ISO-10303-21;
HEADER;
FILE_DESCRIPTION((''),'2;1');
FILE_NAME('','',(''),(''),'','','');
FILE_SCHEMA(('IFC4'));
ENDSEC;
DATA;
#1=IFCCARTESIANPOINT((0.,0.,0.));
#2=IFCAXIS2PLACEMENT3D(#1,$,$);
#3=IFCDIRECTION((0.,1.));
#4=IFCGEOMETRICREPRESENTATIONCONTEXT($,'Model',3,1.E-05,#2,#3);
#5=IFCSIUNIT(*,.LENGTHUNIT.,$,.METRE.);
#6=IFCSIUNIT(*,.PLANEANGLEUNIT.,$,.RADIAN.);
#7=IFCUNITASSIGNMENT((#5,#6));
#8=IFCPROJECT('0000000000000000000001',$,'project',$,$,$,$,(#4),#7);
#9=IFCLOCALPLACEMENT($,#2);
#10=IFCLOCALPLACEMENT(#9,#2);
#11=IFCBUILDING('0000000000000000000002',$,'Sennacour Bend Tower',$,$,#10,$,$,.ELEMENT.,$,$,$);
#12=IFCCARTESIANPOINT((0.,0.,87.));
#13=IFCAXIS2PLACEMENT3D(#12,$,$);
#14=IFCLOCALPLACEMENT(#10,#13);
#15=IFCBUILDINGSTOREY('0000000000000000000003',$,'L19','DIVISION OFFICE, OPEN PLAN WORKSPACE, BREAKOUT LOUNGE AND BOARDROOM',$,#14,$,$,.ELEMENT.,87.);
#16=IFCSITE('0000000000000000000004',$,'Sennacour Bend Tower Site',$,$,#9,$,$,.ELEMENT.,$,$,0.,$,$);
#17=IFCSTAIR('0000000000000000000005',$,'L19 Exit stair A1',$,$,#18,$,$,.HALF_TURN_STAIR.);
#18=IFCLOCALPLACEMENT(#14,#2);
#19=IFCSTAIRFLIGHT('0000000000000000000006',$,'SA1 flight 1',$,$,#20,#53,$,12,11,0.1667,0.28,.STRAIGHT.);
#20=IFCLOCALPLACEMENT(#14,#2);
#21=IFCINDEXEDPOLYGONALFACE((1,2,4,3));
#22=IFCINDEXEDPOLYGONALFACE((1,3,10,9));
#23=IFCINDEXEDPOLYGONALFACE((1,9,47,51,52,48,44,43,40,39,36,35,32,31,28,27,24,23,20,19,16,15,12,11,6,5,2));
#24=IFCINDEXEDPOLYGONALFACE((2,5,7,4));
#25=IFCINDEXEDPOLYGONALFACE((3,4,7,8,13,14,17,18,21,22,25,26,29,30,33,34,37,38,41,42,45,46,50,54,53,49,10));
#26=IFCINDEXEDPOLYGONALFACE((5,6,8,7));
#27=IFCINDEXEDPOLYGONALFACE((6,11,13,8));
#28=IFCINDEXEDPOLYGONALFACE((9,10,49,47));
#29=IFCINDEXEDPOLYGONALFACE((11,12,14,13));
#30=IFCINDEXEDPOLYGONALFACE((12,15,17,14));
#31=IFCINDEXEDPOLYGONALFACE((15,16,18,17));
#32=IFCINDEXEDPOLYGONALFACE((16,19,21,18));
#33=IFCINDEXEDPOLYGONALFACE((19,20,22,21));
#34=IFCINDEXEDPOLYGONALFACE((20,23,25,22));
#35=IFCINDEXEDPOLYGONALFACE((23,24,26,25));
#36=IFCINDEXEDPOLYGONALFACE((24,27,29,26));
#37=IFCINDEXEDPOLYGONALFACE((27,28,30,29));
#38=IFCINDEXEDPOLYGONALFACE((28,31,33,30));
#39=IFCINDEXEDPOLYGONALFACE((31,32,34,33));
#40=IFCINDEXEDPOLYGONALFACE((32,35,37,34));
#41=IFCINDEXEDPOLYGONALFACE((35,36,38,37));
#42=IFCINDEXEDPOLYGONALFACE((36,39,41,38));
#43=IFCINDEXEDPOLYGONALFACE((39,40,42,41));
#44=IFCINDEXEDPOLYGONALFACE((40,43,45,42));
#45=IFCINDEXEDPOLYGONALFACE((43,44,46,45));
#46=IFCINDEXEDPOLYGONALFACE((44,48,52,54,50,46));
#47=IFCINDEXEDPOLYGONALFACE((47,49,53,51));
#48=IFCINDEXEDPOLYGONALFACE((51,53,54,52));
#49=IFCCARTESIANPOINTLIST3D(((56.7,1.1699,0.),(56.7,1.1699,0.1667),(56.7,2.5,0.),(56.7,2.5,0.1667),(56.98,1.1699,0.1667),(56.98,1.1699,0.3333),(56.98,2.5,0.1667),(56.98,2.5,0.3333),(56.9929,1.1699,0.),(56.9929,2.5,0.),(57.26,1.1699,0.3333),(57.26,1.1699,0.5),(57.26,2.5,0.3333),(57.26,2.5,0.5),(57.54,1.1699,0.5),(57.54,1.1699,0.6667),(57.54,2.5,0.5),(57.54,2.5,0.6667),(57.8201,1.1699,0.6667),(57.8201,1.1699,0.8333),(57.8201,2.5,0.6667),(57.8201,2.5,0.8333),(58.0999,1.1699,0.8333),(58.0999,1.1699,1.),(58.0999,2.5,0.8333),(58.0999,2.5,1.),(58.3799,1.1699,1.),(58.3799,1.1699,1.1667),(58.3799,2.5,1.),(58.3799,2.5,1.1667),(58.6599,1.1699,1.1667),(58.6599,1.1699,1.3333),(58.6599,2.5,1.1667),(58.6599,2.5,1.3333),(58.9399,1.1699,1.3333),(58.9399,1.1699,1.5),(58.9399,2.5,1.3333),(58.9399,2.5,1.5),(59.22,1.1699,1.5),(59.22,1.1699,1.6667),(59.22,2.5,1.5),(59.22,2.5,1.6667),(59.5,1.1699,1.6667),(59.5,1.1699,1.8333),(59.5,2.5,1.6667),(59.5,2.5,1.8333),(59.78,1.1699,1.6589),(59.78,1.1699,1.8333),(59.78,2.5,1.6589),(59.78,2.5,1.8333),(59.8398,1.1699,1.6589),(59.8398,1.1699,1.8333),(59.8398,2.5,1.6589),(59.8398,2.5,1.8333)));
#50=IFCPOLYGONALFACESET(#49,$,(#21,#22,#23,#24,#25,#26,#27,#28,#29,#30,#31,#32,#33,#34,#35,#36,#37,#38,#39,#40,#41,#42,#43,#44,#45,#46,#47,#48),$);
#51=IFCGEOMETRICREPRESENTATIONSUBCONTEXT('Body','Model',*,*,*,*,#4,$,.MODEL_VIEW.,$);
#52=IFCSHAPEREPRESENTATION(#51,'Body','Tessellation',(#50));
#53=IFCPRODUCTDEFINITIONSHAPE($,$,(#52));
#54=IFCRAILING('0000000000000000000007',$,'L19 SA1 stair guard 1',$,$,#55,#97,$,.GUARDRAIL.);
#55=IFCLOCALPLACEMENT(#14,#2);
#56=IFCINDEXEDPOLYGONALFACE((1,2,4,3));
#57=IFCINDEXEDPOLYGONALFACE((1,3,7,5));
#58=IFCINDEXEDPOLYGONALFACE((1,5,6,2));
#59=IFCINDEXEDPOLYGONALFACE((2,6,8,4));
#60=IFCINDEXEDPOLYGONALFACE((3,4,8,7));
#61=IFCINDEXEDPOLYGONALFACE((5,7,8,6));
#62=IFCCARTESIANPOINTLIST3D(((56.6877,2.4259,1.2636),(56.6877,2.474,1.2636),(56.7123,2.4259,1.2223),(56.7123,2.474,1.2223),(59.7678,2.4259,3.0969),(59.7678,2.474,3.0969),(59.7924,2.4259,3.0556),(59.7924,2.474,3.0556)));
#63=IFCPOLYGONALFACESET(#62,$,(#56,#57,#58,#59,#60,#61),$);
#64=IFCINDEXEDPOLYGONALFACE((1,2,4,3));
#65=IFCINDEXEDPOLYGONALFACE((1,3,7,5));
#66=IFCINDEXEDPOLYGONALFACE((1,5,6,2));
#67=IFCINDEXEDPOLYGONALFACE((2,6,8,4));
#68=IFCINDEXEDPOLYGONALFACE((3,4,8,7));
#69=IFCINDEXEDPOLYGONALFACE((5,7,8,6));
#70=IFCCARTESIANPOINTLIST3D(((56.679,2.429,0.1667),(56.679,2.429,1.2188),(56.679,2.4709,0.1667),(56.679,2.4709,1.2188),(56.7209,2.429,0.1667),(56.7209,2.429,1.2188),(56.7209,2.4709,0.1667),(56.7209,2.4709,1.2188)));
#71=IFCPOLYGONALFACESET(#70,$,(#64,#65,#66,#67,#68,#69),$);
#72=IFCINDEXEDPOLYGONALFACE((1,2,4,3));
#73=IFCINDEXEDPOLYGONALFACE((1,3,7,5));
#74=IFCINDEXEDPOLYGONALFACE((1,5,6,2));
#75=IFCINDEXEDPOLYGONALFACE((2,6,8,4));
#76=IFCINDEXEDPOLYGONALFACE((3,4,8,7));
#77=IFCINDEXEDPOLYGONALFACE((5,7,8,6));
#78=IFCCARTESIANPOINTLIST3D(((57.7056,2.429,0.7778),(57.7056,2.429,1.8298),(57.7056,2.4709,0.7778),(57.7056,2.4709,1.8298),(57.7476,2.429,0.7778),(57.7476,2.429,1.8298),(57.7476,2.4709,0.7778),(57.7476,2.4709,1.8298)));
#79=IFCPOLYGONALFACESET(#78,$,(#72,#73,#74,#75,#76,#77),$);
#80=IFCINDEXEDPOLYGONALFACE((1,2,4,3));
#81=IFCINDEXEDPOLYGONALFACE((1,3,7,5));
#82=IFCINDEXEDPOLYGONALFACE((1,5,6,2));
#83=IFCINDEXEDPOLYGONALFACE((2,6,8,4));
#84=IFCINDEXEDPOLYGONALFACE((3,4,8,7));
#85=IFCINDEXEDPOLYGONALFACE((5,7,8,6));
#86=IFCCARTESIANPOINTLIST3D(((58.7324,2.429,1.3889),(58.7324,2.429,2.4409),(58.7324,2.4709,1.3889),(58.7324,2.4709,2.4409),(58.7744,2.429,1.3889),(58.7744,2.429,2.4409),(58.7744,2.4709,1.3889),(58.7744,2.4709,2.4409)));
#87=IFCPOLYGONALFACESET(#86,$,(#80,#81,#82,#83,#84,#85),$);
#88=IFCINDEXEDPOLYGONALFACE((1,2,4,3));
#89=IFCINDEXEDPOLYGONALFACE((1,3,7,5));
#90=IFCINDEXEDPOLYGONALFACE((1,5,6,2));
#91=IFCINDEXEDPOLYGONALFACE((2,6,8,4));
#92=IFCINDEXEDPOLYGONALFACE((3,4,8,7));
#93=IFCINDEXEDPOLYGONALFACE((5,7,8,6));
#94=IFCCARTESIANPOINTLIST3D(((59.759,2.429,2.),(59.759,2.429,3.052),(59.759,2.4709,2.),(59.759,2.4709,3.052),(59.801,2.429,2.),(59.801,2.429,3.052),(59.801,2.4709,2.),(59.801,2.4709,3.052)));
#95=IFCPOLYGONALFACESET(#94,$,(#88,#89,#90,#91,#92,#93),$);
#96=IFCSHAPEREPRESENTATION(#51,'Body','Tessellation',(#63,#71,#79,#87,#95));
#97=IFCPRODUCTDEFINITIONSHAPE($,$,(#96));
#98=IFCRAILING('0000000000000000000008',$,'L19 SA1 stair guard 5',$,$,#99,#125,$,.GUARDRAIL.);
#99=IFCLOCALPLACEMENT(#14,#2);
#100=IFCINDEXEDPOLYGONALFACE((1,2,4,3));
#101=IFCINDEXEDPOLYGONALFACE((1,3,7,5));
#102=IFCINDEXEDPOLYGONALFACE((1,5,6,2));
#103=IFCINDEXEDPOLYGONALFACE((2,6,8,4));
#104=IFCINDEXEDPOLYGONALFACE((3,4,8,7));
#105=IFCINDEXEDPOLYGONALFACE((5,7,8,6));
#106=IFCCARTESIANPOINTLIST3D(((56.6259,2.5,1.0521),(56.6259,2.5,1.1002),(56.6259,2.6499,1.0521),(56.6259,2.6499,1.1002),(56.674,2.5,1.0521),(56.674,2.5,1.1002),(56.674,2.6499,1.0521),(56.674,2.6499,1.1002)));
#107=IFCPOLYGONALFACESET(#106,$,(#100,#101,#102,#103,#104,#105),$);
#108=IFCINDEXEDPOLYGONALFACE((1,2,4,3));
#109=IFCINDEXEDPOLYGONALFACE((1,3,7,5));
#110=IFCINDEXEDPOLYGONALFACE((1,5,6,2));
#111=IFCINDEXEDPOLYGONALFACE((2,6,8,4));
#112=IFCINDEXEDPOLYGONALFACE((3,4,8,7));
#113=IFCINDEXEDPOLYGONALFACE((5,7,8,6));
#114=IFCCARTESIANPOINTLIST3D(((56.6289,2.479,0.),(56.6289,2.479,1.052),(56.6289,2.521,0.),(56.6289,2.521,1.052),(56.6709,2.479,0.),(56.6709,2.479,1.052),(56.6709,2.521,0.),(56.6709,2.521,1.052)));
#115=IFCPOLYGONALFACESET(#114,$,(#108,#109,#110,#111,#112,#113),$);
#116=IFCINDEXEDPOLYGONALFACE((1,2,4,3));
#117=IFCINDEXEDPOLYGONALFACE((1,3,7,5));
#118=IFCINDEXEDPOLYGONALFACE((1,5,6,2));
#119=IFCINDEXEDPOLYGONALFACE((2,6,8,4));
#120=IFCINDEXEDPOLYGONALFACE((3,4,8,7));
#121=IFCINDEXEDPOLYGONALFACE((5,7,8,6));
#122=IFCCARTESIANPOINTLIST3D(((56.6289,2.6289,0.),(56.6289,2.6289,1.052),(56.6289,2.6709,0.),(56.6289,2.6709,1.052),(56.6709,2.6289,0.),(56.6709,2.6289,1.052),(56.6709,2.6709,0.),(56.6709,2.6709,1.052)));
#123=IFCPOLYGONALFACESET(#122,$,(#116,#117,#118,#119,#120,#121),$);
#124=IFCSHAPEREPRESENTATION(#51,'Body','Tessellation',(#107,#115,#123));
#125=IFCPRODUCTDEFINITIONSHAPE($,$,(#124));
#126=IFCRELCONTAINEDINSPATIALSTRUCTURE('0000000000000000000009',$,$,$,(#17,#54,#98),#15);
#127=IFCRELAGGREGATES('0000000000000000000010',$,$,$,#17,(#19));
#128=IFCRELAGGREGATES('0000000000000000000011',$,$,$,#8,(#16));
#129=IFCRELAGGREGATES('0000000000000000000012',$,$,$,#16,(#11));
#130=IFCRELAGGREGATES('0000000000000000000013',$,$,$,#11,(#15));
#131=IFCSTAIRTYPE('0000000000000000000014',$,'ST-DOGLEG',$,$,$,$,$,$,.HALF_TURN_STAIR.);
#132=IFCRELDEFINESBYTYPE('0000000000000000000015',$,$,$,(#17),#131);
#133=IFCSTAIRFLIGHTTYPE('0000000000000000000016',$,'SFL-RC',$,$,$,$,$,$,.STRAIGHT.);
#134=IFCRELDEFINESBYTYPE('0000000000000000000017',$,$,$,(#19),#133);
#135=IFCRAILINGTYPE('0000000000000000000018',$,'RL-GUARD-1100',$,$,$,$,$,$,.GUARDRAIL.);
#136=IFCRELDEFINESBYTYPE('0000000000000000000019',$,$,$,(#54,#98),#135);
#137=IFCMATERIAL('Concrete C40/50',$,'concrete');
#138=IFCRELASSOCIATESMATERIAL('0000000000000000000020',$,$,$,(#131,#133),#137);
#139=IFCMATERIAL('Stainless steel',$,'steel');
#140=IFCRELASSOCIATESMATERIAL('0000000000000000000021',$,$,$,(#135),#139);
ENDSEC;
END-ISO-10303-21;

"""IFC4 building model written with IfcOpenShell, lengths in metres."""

from ifc_helpers import new_model, si_unit, direction, frame, origin, origin_2d, place, context, subcontext, project, spatial, polyline, rectangle, outline, extrude, material, type_object, element, aggregate, save


model = new_model("IFC4")

# Units and contexts
model_context = context("Model", 3, precision=1e-05, world=origin(), true_north=direction((0.0, 1.0)))
body_context = subcontext(model_context, "Body", "Model", "MODEL_VIEW")
ifc_project = project(units=[si_unit("LENGTHUNIT", "METRE"), si_unit("PLANEANGLEUNIT", "RADIAN")], contexts=[model_context])

# Site, building, storey
site_placement = place(None, origin())
site = spatial("IfcSite", under=ifc_project, at=site_placement, Name="Sennacour Bend Tower Site", CompositionType="ELEMENT", RefElevation=0.0)
building_placement = place(site_placement, origin())
building = spatial("IfcBuilding", under=site, at=building_placement, Name="Sennacour Bend Tower", CompositionType="ELEMENT")
storey_placement = place(building_placement, frame((0.0, 0.0, 87.0)))
storey = spatial("IfcBuildingStorey", under=building, at=storey_placement, Name="L19", Description="DIVISION OFFICE, OPEN PLAN WORKSPACE, BREAKOUT LOUNGE AND BOARDROOM", CompositionType="ELEMENT", Elevation=87.0)

# Stair, stair flight
ifc_material_1 = material(Name="Concrete C40/50", Category="concrete")
stair_type = type_object("IfcStairType", Name="ST-DOGLEG", PredefinedType="HALF_TURN_STAIR", material=ifc_material_1)
stair_placement = place(storey_placement, origin())
stair = element("IfcStair", 1, at=stair_placement, inside=storey, type_object=stair_type, Name="L19 Exit stair A1", PredefinedType="HALF_TURN_STAIR")
stair_flight_type = type_object("IfcStairFlightType", Name="SFL-RC", PredefinedType="STRAIGHT", material=ifc_material_1)
stair_flight_placement = place(storey_placement, frame((56.7, 1.835, 0.0), z_axis=(0.0, 0.0, 1.0), x_axis=(1.0, 0.0, 0.0)))
stair_flight = element("IfcStairFlight", 2, at=stair_flight_placement, type_object=stair_flight_type, Name="SA1 flight 1", NumberOfRisers=12, NumberOfTreads=11, PredefinedType="STRAIGHT", RiserHeight=0.1667, TreadLength=0.28, context=body_context, shape_type="SweptSolid", body=[
    extrude(outline(polyline([(0.0, 0.0), (0.0, 0.1667), (0.28, 0.1667), (0.28, 0.3333), (0.5601, 0.3333), (0.5601, 0.5), (0.8401, 0.5), (0.8401, 0.6667), (1.1201, 0.6667), (1.1201, 0.8333), (1.3999, 0.8333), (1.3999, 1.0), (1.6799, 1.0), (1.6799, 1.1667), (1.96, 1.1667), (1.96, 1.3333), (2.24, 1.3333), (2.24, 1.5), (2.52, 1.5), (2.52, 1.6667), (2.8, 1.6667), (2.8, 1.8333), (3.0801, 1.8333), (3.1399, 1.8333), (3.1399, 1.6589), (3.0801, 1.6589), (0.293, 0.0), (0.0, 0.0)])), frame((0.0, 0.665, 0.0), z_axis=(0.0, -1.0, 0.0), x_axis=(1.0, 0.0, 0.0)), (0.0, 0.0, 1.0), 1.3301),
])
aggregate(stair, [stair_flight])

# Railings
ifc_material_2 = material(Name="Stainless steel", Category="steel")
railing_type = type_object("IfcRailingType", Name="RL-GUARD-1100", PredefinedType="GUARDRAIL", material=ifc_material_2)
railing_1_placement = place(storey_placement, frame((56.7, 2.45, 0.1667)))
element("IfcRailing", 3, at=railing_1_placement, inside=storey, type_object=railing_type, Name="L19 SA1 stair guard 1", PredefinedType="GUARDRAIL", context=body_context, shape_type="SweptSolid", body=[
    extrude(rectangle(XDim=0.0481, YDim=0.0481, at=origin_2d()), frame((0.0, 0.0, 1.0762), z_axis=(0.859309, 0.0, 0.511458), x_axis=(0.0, 1.0, 0.0)), (0.0, 0.0, 1.0), 3.5845),
    extrude(rectangle(XDim=0.042, YDim=0.042, at=origin_2d()), origin(), (0.0, 0.0, 1.0), 1.052),
    extrude(rectangle(XDim=0.042, YDim=0.042, at=origin_2d()), frame((1.0266, 0.0, 0.6111)), (0.0, 0.0, 1.0), 1.052),
    extrude(rectangle(XDim=0.042, YDim=0.042, at=origin_2d()), frame((2.0535, 0.0, 1.2222)), (0.0, 0.0, 1.0), 1.052),
    extrude(rectangle(XDim=0.042, YDim=0.042, at=origin_2d()), frame((3.0801, 0.0, 1.8333)), (0.0, 0.0, 1.0), 1.052),
])
railing_2_placement = place(storey_placement, frame((56.6499, 2.5, 0.0)))
element("IfcRailing", 4, at=railing_2_placement, inside=storey, type_object=railing_type, Name="L19 SA1 stair guard 5", PredefinedType="GUARDRAIL", context=body_context, shape_type="SweptSolid", body=[
    extrude(rectangle(XDim=0.0481, YDim=0.0481, at=origin_2d()), frame((0.0, 0.0, 1.0762), z_axis=(0.0, 1.0, 0.0), x_axis=(-1.0, 0.0, 0.0)), (0.0, 0.0, 1.0), 0.1499),
    extrude(rectangle(XDim=0.042, YDim=0.042, at=origin_2d()), origin(), (0.0, 0.0, 1.0), 1.052),
    extrude(rectangle(XDim=0.042, YDim=0.042, at=origin_2d()), frame((0.0, 0.1499, 0.0)), (0.0, 0.0, 1.0), 1.052),
])

save(model, "model.ifc")
